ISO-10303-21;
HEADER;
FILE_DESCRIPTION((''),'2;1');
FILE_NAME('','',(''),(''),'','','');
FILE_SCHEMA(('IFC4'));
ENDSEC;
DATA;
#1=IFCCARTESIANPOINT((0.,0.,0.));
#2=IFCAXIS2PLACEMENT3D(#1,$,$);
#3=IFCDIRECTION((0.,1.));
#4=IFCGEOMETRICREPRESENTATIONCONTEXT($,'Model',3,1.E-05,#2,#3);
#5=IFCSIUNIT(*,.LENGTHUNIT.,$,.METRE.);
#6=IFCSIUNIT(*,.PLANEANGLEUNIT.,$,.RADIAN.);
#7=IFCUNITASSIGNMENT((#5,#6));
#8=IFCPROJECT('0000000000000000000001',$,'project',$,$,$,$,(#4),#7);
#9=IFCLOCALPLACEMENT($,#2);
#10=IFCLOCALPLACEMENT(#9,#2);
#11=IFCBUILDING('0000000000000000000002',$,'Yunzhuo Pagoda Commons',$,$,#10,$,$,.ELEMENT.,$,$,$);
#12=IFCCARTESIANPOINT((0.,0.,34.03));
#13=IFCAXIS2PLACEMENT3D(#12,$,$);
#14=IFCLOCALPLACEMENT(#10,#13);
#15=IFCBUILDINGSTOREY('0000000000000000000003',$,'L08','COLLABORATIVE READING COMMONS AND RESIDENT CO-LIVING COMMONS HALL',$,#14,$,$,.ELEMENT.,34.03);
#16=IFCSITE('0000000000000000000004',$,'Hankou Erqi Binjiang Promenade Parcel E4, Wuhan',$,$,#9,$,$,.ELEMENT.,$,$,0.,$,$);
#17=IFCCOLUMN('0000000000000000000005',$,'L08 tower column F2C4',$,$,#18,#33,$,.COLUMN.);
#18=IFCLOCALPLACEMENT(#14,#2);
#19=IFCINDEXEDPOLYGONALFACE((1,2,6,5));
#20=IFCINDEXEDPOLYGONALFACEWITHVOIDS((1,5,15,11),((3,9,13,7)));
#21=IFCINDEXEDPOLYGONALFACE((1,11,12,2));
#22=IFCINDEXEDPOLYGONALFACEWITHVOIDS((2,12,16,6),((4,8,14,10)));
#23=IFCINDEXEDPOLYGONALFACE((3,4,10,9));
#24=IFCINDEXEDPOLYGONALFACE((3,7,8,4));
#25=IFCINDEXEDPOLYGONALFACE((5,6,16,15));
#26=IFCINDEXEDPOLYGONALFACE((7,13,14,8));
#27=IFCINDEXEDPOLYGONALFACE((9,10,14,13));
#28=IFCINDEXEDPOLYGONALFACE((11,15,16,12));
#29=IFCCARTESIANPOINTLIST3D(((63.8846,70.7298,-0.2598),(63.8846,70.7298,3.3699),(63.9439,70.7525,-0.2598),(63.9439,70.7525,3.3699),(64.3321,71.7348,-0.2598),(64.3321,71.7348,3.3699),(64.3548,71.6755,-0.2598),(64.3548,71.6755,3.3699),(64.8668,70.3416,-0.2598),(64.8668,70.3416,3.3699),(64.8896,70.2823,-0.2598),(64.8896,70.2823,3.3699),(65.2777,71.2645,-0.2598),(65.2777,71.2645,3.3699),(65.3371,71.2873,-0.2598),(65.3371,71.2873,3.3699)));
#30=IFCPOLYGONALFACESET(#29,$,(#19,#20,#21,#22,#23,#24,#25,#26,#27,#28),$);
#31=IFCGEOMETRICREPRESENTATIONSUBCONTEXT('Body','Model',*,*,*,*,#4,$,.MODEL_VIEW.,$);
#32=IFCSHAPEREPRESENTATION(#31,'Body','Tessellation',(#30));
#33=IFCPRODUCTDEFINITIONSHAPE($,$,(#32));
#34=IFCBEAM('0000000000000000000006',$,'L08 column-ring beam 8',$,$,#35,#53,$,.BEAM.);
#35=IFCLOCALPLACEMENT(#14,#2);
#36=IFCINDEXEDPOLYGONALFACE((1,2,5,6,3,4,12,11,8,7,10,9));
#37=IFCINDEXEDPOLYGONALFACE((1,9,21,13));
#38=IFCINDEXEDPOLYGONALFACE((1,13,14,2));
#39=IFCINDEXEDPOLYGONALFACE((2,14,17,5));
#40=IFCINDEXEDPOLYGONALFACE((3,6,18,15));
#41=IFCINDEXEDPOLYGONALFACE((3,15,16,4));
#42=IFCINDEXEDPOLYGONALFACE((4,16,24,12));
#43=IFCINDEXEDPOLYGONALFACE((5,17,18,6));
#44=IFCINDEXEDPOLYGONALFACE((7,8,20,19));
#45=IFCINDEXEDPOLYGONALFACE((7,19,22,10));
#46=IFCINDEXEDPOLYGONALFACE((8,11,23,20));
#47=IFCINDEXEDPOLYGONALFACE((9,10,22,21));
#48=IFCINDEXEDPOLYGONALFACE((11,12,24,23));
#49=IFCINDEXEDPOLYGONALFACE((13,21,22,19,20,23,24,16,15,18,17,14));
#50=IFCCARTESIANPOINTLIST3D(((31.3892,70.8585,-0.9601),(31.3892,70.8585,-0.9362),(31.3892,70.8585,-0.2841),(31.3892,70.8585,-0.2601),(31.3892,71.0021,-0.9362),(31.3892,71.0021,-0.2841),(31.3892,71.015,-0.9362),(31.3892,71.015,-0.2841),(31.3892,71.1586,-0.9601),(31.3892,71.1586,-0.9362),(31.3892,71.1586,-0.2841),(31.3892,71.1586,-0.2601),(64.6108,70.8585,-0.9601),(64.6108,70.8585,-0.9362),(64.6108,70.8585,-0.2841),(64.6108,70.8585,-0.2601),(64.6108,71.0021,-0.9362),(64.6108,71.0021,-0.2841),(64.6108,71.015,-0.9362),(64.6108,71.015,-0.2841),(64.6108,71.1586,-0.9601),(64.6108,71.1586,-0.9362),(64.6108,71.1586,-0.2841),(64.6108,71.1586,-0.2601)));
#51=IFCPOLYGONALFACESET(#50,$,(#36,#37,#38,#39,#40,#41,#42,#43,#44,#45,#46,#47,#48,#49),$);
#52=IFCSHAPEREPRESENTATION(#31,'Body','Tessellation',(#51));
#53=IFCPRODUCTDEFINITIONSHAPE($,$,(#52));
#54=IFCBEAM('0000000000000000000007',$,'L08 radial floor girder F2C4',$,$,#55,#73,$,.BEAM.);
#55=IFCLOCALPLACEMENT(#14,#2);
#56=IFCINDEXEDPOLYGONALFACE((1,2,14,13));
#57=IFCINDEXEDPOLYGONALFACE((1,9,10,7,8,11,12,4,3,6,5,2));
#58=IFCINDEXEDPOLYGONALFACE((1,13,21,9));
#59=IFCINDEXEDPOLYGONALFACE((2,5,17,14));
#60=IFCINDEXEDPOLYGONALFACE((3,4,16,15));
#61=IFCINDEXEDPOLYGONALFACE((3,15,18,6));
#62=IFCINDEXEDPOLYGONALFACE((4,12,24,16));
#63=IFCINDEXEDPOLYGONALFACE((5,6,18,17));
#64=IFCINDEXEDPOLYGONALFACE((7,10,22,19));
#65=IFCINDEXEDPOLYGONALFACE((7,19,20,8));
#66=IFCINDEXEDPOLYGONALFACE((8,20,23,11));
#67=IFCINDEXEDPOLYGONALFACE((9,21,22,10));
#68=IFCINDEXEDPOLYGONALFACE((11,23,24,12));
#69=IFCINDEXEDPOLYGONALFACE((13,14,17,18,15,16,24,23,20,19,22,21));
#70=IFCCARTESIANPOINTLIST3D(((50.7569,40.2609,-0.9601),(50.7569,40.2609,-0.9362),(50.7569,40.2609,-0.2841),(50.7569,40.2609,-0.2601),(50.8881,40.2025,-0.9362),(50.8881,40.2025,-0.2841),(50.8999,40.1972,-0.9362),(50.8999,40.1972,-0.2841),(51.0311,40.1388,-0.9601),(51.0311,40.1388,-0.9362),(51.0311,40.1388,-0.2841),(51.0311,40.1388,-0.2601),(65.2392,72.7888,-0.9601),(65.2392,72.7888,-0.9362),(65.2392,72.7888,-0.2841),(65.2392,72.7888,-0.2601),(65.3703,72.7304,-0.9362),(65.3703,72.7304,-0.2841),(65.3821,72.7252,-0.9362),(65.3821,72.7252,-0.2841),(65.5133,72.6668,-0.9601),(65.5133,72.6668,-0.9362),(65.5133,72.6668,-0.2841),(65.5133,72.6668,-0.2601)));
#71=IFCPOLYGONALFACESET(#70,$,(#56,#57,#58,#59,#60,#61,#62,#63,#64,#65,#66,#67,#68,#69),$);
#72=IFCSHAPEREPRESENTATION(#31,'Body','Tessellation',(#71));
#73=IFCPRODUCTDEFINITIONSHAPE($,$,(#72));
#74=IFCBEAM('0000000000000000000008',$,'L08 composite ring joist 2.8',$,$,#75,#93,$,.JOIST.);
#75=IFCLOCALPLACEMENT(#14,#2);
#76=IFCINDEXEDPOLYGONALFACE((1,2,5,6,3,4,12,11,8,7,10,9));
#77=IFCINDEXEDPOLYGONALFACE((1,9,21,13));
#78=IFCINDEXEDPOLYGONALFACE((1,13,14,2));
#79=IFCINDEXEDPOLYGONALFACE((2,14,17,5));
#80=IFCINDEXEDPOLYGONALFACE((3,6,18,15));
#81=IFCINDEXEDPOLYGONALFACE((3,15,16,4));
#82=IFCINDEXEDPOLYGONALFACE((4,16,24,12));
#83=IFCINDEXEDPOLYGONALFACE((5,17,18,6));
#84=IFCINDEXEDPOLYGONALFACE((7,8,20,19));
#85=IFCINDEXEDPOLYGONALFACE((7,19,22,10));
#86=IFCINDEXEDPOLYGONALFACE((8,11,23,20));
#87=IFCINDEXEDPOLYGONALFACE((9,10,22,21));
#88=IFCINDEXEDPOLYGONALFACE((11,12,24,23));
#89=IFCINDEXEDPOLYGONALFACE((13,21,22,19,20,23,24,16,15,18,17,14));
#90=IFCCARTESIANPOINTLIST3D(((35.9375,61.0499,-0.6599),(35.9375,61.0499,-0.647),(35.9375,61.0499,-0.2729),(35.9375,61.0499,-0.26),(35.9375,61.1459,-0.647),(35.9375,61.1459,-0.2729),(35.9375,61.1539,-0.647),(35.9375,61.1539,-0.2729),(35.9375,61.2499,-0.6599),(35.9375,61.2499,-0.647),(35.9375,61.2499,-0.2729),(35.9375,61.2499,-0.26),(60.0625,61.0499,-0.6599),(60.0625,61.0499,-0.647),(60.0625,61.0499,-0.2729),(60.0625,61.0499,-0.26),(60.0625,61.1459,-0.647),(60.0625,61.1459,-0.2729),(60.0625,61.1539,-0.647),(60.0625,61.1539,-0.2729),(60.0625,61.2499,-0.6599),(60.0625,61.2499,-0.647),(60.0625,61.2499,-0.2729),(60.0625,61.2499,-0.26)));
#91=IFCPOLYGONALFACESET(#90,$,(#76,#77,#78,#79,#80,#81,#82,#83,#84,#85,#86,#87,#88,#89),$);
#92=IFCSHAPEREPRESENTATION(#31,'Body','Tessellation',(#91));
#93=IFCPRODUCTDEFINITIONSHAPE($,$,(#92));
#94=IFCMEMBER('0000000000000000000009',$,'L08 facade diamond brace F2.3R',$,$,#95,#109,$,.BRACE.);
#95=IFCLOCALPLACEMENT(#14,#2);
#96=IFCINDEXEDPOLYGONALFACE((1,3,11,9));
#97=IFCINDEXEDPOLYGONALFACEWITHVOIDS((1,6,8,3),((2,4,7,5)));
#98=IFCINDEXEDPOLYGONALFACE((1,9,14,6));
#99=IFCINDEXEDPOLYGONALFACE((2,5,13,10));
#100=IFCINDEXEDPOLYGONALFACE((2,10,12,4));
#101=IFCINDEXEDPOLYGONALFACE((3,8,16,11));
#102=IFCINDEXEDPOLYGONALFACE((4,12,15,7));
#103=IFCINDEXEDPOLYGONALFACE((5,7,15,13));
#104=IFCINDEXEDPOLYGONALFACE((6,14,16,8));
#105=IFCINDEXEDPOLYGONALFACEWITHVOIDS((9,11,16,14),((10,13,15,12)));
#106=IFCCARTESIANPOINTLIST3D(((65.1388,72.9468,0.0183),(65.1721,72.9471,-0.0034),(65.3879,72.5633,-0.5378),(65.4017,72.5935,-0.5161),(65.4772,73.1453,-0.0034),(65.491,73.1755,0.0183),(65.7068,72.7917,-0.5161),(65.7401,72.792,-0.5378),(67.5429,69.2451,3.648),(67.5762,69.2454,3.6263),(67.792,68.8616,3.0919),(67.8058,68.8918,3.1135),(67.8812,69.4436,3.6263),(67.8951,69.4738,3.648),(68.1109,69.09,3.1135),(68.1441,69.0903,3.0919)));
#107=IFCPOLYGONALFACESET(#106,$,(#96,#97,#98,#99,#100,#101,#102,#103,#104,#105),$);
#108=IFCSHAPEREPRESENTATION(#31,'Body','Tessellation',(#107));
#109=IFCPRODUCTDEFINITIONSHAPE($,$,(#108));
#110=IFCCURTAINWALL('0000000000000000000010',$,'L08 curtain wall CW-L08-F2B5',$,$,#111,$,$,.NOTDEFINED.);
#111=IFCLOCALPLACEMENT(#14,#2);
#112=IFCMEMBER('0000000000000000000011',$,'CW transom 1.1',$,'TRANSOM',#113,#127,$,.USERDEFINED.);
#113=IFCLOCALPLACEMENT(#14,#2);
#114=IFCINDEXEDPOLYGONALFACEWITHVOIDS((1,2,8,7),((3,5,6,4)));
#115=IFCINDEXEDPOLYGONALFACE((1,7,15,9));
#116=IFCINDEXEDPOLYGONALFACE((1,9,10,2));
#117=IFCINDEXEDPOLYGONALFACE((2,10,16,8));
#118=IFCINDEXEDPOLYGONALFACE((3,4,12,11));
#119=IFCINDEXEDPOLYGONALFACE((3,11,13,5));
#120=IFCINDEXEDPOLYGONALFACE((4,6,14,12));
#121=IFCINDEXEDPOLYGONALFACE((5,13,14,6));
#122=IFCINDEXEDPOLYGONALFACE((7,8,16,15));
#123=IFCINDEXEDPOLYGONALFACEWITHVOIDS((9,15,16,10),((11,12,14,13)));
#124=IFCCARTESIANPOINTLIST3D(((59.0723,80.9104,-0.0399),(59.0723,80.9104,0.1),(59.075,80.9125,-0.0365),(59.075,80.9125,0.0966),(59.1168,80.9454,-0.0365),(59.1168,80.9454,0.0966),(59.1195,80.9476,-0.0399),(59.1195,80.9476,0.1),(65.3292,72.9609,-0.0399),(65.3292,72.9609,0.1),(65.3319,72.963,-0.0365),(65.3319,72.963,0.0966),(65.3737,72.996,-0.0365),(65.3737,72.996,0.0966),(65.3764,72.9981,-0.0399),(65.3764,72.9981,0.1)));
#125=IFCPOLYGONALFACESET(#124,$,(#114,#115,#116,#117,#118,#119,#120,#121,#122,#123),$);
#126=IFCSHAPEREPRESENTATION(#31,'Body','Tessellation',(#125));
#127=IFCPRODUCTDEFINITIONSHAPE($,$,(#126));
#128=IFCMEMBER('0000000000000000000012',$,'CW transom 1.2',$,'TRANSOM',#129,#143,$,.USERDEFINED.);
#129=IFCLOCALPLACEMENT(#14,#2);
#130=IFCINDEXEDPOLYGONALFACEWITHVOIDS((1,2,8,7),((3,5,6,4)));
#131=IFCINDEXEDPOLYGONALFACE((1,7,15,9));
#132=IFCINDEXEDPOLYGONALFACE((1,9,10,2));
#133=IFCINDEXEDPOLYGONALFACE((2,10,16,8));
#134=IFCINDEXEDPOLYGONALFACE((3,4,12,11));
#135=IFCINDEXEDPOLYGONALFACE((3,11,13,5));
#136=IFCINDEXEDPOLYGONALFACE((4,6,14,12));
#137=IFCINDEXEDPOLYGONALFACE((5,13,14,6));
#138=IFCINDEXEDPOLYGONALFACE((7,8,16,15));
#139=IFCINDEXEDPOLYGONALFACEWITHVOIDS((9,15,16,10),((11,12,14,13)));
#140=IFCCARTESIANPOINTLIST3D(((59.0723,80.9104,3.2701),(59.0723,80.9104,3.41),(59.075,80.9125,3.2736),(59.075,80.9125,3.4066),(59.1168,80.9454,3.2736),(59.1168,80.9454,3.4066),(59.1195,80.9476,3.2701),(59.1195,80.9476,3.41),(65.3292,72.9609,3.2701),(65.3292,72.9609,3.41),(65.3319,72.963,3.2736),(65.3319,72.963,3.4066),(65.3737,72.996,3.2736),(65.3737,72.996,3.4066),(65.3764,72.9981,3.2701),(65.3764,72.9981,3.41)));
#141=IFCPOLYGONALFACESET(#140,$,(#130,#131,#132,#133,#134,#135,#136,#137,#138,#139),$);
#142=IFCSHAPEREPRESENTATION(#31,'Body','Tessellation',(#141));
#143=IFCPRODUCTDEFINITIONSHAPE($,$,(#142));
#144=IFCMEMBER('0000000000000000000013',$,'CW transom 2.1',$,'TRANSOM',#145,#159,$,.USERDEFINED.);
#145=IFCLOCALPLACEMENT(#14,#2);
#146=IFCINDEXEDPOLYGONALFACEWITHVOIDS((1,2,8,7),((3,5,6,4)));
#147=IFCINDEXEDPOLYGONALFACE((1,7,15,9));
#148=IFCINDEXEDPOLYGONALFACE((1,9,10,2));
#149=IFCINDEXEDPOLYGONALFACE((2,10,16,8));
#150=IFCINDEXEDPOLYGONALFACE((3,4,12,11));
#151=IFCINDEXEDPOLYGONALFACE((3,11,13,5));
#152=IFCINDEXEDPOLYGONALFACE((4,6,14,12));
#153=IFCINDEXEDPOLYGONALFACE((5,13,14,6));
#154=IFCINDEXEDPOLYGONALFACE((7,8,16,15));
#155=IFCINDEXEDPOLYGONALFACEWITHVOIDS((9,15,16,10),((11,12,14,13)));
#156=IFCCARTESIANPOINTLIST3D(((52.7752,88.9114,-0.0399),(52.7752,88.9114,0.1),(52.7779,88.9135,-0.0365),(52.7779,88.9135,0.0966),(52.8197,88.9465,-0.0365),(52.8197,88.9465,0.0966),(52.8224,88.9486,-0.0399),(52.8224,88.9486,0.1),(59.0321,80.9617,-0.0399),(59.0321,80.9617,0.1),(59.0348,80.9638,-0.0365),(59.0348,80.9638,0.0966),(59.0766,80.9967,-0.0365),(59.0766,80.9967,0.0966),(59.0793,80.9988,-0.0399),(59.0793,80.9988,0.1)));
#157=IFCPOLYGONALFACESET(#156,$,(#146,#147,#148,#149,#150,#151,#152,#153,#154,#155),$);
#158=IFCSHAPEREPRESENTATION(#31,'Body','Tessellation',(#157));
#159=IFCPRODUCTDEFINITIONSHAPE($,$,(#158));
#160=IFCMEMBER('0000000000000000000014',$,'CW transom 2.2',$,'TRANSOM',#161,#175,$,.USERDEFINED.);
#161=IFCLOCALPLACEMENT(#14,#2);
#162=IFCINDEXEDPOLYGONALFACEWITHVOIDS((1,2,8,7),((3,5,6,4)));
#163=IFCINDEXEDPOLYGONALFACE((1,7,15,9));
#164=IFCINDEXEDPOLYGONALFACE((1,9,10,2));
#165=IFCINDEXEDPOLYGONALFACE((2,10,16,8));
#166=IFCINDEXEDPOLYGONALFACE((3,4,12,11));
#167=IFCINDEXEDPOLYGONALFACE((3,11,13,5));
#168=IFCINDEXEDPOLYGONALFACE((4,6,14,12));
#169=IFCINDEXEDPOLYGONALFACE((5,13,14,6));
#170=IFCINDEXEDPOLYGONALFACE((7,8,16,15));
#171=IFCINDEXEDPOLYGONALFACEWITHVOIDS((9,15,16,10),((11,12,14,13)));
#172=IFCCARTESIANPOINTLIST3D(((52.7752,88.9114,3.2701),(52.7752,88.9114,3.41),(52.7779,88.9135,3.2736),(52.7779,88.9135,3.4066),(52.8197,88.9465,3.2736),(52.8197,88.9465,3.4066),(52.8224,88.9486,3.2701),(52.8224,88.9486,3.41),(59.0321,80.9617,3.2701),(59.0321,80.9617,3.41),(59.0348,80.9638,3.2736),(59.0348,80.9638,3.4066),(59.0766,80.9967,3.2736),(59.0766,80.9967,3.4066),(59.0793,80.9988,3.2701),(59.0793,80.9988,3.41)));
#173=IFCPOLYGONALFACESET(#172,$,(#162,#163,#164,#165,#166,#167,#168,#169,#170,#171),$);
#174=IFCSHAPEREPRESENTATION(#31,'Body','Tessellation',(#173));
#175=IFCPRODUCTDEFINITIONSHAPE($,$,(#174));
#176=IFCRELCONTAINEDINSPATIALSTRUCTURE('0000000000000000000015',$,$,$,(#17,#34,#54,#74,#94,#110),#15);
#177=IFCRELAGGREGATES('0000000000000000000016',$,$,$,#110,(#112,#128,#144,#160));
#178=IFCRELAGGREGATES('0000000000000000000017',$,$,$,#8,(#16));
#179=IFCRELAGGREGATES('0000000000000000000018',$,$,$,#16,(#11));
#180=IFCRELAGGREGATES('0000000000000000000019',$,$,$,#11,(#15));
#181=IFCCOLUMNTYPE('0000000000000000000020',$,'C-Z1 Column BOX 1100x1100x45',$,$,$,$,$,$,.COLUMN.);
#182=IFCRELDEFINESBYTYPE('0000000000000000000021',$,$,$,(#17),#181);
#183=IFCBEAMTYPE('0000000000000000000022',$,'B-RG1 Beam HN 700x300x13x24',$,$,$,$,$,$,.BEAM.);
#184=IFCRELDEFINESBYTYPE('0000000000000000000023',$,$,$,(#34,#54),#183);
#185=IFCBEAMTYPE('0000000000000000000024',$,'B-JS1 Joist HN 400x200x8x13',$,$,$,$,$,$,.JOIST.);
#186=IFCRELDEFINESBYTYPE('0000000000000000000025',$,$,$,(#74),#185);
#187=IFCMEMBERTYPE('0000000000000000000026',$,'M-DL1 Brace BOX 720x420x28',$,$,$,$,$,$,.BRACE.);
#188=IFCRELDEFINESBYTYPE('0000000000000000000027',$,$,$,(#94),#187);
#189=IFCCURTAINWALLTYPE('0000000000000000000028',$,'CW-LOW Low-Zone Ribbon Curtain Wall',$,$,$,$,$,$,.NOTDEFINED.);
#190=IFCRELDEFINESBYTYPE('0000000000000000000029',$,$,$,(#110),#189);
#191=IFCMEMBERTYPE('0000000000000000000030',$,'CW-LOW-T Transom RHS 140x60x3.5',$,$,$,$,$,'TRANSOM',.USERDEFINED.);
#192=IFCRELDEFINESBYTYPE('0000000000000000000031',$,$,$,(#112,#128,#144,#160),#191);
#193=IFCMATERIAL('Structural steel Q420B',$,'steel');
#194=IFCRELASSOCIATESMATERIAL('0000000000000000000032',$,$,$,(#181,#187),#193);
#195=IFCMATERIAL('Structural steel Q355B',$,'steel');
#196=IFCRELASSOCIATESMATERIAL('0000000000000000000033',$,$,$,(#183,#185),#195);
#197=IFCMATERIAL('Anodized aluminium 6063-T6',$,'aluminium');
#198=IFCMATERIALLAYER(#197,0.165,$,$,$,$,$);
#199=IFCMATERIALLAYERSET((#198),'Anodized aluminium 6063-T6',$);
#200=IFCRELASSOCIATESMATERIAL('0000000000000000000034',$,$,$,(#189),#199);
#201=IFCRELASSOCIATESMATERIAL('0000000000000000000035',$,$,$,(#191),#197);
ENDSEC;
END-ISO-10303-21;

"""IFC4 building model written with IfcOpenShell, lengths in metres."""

from ifc_helpers import new_model, si_unit, direction, frame, origin, origin_2d, place, context, subcontext, project, spatial, hollow_rectangle, i_section, extrude, source, transform, mapped, material, layer, layer_set, material_profile, profile_set, type_object, element, aggregate, save


model = new_model("IFC4")

# Units and contexts
model_context = context("Model", 3, precision=1e-05, world=origin(), true_north=direction((0.0, 1.0)))
body_context = subcontext(model_context, "Body", "Model", "MODEL_VIEW")
ifc_project = project(units=[si_unit("LENGTHUNIT", "METRE"), si_unit("PLANEANGLEUNIT", "RADIAN")], contexts=[model_context])

# Site, building, storey
site_placement = place(None, origin())
site = spatial("IfcSite", under=ifc_project, at=site_placement, Name="Hankou Erqi Binjiang Promenade Parcel E4, Wuhan", CompositionType="ELEMENT", RefElevation=0.0)
building_placement = place(site_placement, origin())
building = spatial("IfcBuilding", under=site, at=building_placement, Name="Yunzhuo Pagoda Commons", CompositionType="ELEMENT")
storey_placement = place(building_placement, frame((0.0, 0.0, 34.03)))
storey = spatial("IfcBuildingStorey", under=building, at=storey_placement, Name="L08", Description="COLLABORATIVE READING COMMONS AND RESIDENT CO-LIVING COMMONS HALL", CompositionType="ELEMENT", Elevation=34.03)

# Column
ifc_material_1 = material(Name="Structural steel Q420B", Category="steel")
ifc_material_profile_1 = material_profile(ifc_material_1, hollow_rectangle(XDim=1.1001, YDim=1.1001, WallThickness=0.0449, at=origin_2d()), Name="Structural steel Q420B")
ifc_profile_set_1 = profile_set([ifc_material_profile_1], Name="Structural steel Q420B")
column_type = type_object("IfcColumnType", Name="C-Z1 Column BOX 1100x1100x45", PredefinedType="COLUMN", material=ifc_profile_set_1)
shared_shape_1 = source(origin(), body_context, "Body", "SweptSolid", [
    extrude(hollow_rectangle(XDim=1.1001, YDim=1.1001, WallThickness=0.0449, at=origin_2d()), origin(), (0.0, 0.0, 1.0), 3.6296),
])
column_placement = place(storey_placement, frame((64.6108, 71.0085, -0.2598), z_axis=(0.0, 0.0, 1.0), x_axis=(-0.913545, 0.406737, 0.0)))
element("IfcColumn", 1, at=column_placement, inside=storey, type_object=column_type, Name="L08 tower column F2C4", PredefinedType="COLUMN", context=body_context, shape_type="MappedRepresentation", body=[
    mapped(shared_shape_1, transform((0.0, 0.0, 0.0), scale=1.0)),
])

# Beams
ifc_material_2 = material(Name="Structural steel Q355B", Category="steel")
ifc_material_profile_2 = material_profile(ifc_material_2, i_section(OverallWidth=0.3, OverallDepth=0.7, WebThickness=0.0129, FlangeThickness=0.0239, at=origin_2d()), Name="Structural steel Q355B")
ifc_profile_set_2 = profile_set([ifc_material_profile_2], Name="Structural steel Q355B")
beam_type_1 = type_object("IfcBeamType", Name="B-RG1 Beam HN 700x300x13x24", PredefinedType="BEAM", material=ifc_profile_set_2)
shared_shape_2 = source(origin(), body_context, "Body", "SweptSolid", [
    extrude(i_section(OverallWidth=0.3, OverallDepth=0.7, WebThickness=0.0129, FlangeThickness=0.0239, at=origin_2d()), origin(), (0.0, 0.0, 1.0), 33.2217),
])
beam_1_placement = place(storey_placement, frame((64.6108, 71.0085, -0.6101), z_axis=(-1.0, 0.0, 0.0), x_axis=(0.0, -1.0, 0.0)))
element("IfcBeam", 2, at=beam_1_placement, inside=storey, type_object=beam_type_1, Name="L08 column-ring beam 8", PredefinedType="BEAM", context=body_context, shape_type="MappedRepresentation", body=[
    mapped(shared_shape_2, transform((0.0, 0.0, 0.0), scale=1.0)),
])
shared_shape_3 = source(origin(), body_context, "Body", "SweptSolid", [
    extrude(i_section(OverallWidth=0.3, OverallDepth=0.7, WebThickness=0.0129, FlangeThickness=0.0239, at=origin_2d()), origin(), (0.0, 0.0, 1.0), 35.6062),
])
beam_2_placement = place(storey_placement, frame((65.3762, 72.7278, -0.6101), z_axis=(-0.406733, -0.913547, 0.0), x_axis=(0.913547, -0.406733, 0.0)))
element("IfcBeam", 3, at=beam_2_placement, inside=storey, type_object=beam_type_1, Name="L08 radial floor girder F2C4", PredefinedType="BEAM", context=body_context, shape_type="MappedRepresentation", body=[
    mapped(shared_shape_3, transform((0.0, 0.0, 0.0), scale=1.0)),
])
ifc_material_profile_3 = material_profile(ifc_material_2, i_section(OverallWidth=0.2, OverallDepth=0.3999, WebThickness=0.0081, FlangeThickness=0.0129, at=origin_2d()), Name="Structural steel Q355B")
ifc_profile_set_3 = profile_set([ifc_material_profile_3], Name="Structural steel Q355B")
beam_type_2 = type_object("IfcBeamType", Name="B-JS1 Joist HN 400x200x8x13", PredefinedType="JOIST", material=ifc_profile_set_3)
shared_shape_4 = source(origin(), body_context, "Body", "SweptSolid", [
    extrude(i_section(OverallWidth=0.2, OverallDepth=0.3999, WebThickness=0.0081, FlangeThickness=0.0129, at=origin_2d()), origin(), (0.0, 0.0, 1.0), 24.125),
])
beam_3_placement = place(storey_placement, frame((60.0625, 61.1499, -0.46), z_axis=(-1.0, 0.0, 0.0), x_axis=(0.0, -1.0, 0.0)))
element("IfcBeam", 4, at=beam_3_placement, inside=storey, type_object=beam_type_2, Name="L08 composite ring joist 2.8", PredefinedType="JOIST", context=body_context, shape_type="MappedRepresentation", body=[
    mapped(shared_shape_4, transform((0.0, 0.0, 0.0), scale=1.0)),
])

# Member
ifc_material_profile_4 = material_profile(ifc_material_1, hollow_rectangle(XDim=0.4199, YDim=0.72, WallThickness=0.0281, at=origin_2d()), Name="Structural steel Q420B")
ifc_profile_set_4 = profile_set([ifc_material_profile_4], Name="Structural steel Q420B")
member_type_1 = type_object("IfcMemberType", Name="M-DL1 Brace BOX 720x420x28", PredefinedType="BRACE", material=ifc_profile_set_4)
shared_shape_5 = source(origin(), body_context, "Body", "SweptSolid", [
    extrude(hollow_rectangle(XDim=0.4199, YDim=0.72, WallThickness=0.0281, at=origin_2d()), origin(), (0.0, 0.0, 1.0), 5.7146),
])
member_1_placement = place(storey_placement, frame((65.4395, 72.8694, -0.2598), z_axis=(0.42069, -0.647761, 0.635158), x_axis=(0.838653, 0.544666, 0.0)))
element("IfcMember", 5, at=member_1_placement, inside=storey, type_object=member_type_1, Name="L08 facade diamond brace F2.3R", PredefinedType="BRACE", context=body_context, shape_type="MappedRepresentation", body=[
    mapped(shared_shape_5, transform((0.0, 0.0, 0.0), scale=1.0)),
])

# Curtain wall, members
ifc_material_3 = material(Name="Anodized aluminium 6063-T6", Category="aluminium")
ifc_layer_1 = layer(ifc_material_3, 0.165)
ifc_layer_set_1 = layer_set([ifc_layer_1], Name="Anodized aluminium 6063-T6")
curtain_wall_type = type_object("IfcCurtainWallType", Name="CW-LOW Low-Zone Ribbon Curtain Wall", PredefinedType="NOTDEFINED", material=ifc_layer_set_1)
curtain_wall_1_placement = place(storey_placement, origin())
curtain_wall_1 = element("IfcCurtainWall", 6, at=curtain_wall_1_placement, inside=storey, type_object=curtain_wall_type, Name="L08 curtain wall CW-L08-F2B5", PredefinedType="NOTDEFINED")
ifc_material_profile_5 = material_profile(ifc_material_3, hollow_rectangle(XDim=0.0601, YDim=0.1399, WallThickness=0.0034, at=origin_2d()), Name="Anodized aluminium 6063-T6")
ifc_profile_set_5 = profile_set([ifc_material_profile_5], Name="Anodized aluminium 6063-T6")
member_type_2 = type_object("IfcMemberType", Name="CW-LOW-T Transom RHS 140x60x3.5", ElementType="TRANSOM", PredefinedType="USERDEFINED", material=ifc_profile_set_5)
shared_shape_6 = source(origin(), body_context, "Body", "SweptSolid", [
    extrude(hollow_rectangle(XDim=0.0601, YDim=0.1399, WallThickness=0.0034, at=origin_2d()), origin(), (0.0, 0.0, 1.0), 10.1165),
])
member_2_placement = place(storey_placement, frame((65.3528, 72.9795, 0.03), z_axis=(-0.618483, 0.785798, 0.0), x_axis=(-0.785798, -0.618483, 0.0)))
member_2 = element("IfcMember", 7, at=member_2_placement, type_object=member_type_2, Name="CW transom 1.1", ObjectType="TRANSOM", PredefinedType="USERDEFINED", context=body_context, shape_type="MappedRepresentation", body=[
    mapped(shared_shape_6, transform((0.0, 0.0, 0.0), scale=1.0)),
])
member_3_placement = place(storey_placement, frame((65.3528, 72.9795, 3.3401), z_axis=(-0.618483, 0.785798, 0.0), x_axis=(-0.785798, -0.618483, 0.0)))
member_3 = element("IfcMember", 8, at=member_3_placement, type_object=member_type_2, Name="CW transom 1.2", ObjectType="TRANSOM", PredefinedType="USERDEFINED", context=body_context, shape_type="MappedRepresentation", body=[
    mapped(shared_shape_6, transform((0.0, 0.0, 0.0), scale=1.0)),
])
shared_shape_7 = source(origin(), body_context, "Body", "SweptSolid", [
    extrude(hollow_rectangle(XDim=0.0601, YDim=0.1399, WallThickness=0.0034, at=origin_2d()), origin(), (0.0, 0.0, 1.0), 10.1167),
])
member_4_placement = place(storey_placement, frame((59.0557, 80.9802, 0.03), z_axis=(-0.618471, 0.785807, 0.0), x_axis=(-0.785807, -0.618471, 0.0)))
member_4 = element("IfcMember", 9, at=member_4_placement, type_object=member_type_2, Name="CW transom 2.1", ObjectType="TRANSOM", PredefinedType="USERDEFINED", context=body_context, shape_type="MappedRepresentation", body=[
    mapped(shared_shape_7, transform((0.0, 0.0, 0.0), scale=1.0)),
])
member_5_placement = place(storey_placement, frame((59.0557, 80.9802, 3.3401), z_axis=(-0.618471, 0.785807, 0.0), x_axis=(-0.785807, -0.618471, 0.0)))
member_5 = element("IfcMember", 10, at=member_5_placement, type_object=member_type_2, Name="CW transom 2.2", ObjectType="TRANSOM", PredefinedType="USERDEFINED", context=body_context, shape_type="MappedRepresentation", body=[
    mapped(shared_shape_7, transform((0.0, 0.0, 0.0), scale=1.0)),
])

aggregate(curtain_wall_1, [member_2, member_3, member_4, member_5])

save(model, "model.ifc")
